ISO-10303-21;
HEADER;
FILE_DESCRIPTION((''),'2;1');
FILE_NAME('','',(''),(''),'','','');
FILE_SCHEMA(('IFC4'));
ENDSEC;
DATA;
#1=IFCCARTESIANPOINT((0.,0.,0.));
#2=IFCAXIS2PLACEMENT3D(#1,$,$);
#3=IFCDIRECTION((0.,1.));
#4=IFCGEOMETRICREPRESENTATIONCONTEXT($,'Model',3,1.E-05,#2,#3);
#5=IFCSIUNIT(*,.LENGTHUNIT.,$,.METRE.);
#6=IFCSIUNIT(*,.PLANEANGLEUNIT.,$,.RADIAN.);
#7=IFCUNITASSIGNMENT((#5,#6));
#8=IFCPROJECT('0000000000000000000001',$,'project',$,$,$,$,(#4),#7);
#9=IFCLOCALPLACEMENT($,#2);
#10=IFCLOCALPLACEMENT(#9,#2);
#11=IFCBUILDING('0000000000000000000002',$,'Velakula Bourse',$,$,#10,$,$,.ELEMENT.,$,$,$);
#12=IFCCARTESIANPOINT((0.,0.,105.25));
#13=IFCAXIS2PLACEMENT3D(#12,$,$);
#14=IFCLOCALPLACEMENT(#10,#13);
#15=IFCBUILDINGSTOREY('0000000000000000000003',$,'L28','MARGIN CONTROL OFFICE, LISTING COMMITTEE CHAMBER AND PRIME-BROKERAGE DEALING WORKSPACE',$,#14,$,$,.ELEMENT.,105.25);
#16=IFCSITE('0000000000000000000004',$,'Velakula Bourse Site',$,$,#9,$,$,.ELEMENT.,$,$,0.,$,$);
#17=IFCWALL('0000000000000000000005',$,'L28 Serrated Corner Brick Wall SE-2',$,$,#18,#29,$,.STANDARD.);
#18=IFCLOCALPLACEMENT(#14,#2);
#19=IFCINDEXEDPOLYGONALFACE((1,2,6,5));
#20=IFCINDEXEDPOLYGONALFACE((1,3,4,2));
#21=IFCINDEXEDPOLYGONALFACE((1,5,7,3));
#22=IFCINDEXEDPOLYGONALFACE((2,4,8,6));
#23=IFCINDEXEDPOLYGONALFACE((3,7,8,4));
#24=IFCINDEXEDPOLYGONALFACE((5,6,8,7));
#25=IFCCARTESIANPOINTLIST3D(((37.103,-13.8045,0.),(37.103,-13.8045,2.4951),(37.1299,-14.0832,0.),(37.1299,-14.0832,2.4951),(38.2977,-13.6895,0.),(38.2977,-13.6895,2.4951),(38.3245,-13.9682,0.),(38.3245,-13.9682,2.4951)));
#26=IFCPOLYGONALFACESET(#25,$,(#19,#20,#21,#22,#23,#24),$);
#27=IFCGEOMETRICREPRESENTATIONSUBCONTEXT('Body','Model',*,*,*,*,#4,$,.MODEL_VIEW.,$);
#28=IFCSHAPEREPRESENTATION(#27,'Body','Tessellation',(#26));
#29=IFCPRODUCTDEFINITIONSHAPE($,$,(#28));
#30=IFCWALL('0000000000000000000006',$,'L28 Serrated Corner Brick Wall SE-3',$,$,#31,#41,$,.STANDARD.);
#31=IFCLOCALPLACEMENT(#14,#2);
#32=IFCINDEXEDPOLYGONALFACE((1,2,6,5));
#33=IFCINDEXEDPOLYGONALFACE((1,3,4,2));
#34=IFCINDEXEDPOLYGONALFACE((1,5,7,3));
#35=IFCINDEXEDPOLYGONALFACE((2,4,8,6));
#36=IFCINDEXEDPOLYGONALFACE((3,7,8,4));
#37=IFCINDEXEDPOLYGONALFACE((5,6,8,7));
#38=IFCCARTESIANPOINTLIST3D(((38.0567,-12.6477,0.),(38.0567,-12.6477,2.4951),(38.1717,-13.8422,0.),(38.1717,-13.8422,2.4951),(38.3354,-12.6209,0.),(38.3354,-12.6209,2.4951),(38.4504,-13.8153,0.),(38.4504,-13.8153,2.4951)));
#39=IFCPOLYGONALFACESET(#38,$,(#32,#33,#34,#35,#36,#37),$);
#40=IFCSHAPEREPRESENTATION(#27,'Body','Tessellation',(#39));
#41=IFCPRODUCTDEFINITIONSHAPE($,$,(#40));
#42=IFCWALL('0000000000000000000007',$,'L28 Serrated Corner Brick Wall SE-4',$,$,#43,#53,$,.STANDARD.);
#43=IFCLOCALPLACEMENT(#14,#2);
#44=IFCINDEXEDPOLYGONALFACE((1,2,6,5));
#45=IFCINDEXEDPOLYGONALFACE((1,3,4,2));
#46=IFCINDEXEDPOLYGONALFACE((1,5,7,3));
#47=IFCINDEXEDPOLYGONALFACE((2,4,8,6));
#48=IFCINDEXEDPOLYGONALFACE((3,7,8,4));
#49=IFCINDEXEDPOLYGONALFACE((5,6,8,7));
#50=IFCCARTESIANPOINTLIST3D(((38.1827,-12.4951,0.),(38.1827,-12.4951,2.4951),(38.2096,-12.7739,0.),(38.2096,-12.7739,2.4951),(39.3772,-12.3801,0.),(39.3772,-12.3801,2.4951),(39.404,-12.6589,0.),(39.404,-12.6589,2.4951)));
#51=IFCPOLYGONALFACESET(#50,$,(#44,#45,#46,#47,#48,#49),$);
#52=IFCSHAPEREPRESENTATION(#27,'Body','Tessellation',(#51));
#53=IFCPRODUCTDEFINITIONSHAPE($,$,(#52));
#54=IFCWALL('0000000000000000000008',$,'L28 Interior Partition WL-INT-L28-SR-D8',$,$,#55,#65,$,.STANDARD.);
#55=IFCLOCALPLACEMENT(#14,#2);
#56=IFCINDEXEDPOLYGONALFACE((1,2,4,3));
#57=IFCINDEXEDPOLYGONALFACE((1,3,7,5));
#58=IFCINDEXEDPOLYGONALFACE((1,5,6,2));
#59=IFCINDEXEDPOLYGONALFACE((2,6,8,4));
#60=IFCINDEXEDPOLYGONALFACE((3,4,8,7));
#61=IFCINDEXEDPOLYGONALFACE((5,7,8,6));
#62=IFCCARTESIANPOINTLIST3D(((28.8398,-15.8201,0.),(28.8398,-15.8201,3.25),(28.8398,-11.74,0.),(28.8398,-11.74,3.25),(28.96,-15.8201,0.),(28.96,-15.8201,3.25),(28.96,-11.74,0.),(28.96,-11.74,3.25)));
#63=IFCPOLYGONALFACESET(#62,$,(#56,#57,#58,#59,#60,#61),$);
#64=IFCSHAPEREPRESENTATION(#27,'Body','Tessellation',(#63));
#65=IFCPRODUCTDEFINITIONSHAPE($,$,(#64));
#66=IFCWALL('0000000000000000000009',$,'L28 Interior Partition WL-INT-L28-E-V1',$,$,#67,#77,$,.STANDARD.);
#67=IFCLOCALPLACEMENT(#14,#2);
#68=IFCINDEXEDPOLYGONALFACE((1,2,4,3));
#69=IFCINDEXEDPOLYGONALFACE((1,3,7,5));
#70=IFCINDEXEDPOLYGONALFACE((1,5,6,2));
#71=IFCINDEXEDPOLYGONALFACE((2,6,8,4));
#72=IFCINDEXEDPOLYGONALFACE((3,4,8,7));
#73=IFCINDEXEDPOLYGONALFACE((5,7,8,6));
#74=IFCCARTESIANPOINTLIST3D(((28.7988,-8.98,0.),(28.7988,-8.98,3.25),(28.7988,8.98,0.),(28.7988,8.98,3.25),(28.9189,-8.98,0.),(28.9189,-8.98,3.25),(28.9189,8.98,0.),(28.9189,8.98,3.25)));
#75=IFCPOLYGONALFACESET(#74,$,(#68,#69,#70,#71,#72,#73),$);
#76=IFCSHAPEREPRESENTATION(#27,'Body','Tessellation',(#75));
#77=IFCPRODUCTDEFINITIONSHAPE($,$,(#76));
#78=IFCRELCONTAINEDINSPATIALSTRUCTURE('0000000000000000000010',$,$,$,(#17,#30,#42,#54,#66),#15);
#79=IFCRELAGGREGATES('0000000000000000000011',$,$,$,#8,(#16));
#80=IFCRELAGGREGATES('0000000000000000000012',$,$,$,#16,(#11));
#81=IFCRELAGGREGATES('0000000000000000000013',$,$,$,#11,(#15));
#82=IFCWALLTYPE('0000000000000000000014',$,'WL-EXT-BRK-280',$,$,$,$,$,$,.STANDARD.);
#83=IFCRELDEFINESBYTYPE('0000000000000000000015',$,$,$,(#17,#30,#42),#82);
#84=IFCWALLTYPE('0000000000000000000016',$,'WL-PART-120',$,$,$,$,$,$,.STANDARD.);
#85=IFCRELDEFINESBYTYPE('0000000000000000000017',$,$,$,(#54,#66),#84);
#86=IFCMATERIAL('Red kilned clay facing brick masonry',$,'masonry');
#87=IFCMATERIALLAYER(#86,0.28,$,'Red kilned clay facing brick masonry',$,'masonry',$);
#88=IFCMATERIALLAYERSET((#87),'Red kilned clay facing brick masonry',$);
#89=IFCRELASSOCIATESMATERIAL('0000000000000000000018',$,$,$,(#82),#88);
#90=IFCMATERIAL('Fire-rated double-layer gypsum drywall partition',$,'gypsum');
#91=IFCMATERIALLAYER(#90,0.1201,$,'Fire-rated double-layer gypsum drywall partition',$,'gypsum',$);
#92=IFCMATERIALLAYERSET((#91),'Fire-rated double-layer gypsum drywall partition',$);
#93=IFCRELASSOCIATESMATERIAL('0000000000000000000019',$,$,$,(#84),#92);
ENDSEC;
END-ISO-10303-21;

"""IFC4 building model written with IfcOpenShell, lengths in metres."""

from ifc_helpers import new_model, si_unit, direction, frame, frame_2d, origin, place, context, subcontext, project, spatial, rectangle, extrude, material, layer, layer_set, type_object, element, save


model = new_model("IFC4")

# Units and contexts
model_context = context("Model", 3, precision=1e-05, world=origin(), true_north=direction((0.0, 1.0)))
body_context = subcontext(model_context, "Body", "Model", "MODEL_VIEW")
ifc_project = project(units=[si_unit("LENGTHUNIT", "METRE"), si_unit("PLANEANGLEUNIT", "RADIAN")], contexts=[model_context])

# Site, building, storey
site_placement = place(None, origin())
site = spatial("IfcSite", under=ifc_project, at=site_placement, Name="Velakula Bourse Site", CompositionType="ELEMENT", RefElevation=0.0)
building_placement = place(site_placement, origin())
building = spatial("IfcBuilding", under=site, at=building_placement, Name="Velakula Bourse", CompositionType="ELEMENT")
storey_placement = place(building_placement, frame((0.0, 0.0, 105.25)))
storey = spatial("IfcBuildingStorey", under=building, at=storey_placement, Name="L28", Description="MARGIN CONTROL OFFICE, LISTING COMMITTEE CHAMBER AND PRIME-BROKERAGE DEALING WORKSPACE", CompositionType="ELEMENT", Elevation=105.25)

# Shared definitions
ifc_material_1 = material(Name="Red kilned clay facing brick masonry", Category="masonry")
ifc_layer_1 = layer(ifc_material_1, 0.28, Name="Red kilned clay facing brick masonry", Category="masonry")
ifc_layer_set_1 = layer_set([ifc_layer_1], Name="Red kilned clay facing brick masonry")
wall_type_1 = type_object("IfcWallType", Name="WL-EXT-BRK-280", PredefinedType="STANDARD", material=ifc_layer_set_1)

# Walls
for number, where, z_axis, x_axis, name in (
    (1, (37.1165, -13.9438, 0.0), (0.0, 0.0, 1.0), (0.995399, 0.095817, 0.0), "L28 Serrated Corner Brick Wall SE-2"),
):
    element("IfcWall", number, at=place(storey_placement, frame(where, z_axis=z_axis, x_axis=x_axis)), inside=storey, type_object=wall_type_1, Name=name, PredefinedType="STANDARD", context=body_context, shape_type="SweptSolid", body=[
        extrude(rectangle(XDim=1.2002, YDim=0.28, at=frame_2d((0.6001, 0.0))), origin(), (0.0, 0.0, 1.0), 2.4951),
    ])
for number, where, z_axis, x_axis, name in (
    (2, (38.311, -13.8289, 0.0), (0.0, 0.0, 1.0), (-0.095836, 0.995397, 0.0), "L28 Serrated Corner Brick Wall SE-3"),
    (3, (38.196, -12.6345, 0.0), (0.0, 0.0, 1.0), (0.995397, 0.095836, 0.0), "L28 Serrated Corner Brick Wall SE-4"),
):
    element("IfcWall", number, at=place(storey_placement, frame(where, z_axis=z_axis, x_axis=x_axis)), inside=storey, type_object=wall_type_1, Name=name, PredefinedType="STANDARD", context=body_context, shape_type="SweptSolid", body=[
        extrude(rectangle(XDim=1.2, YDim=0.28, at=frame_2d((0.6001, 0.0))), origin(), (0.0, 0.0, 1.0), 2.4951),
    ])
ifc_material_2 = material(Name="Fire-rated double-layer gypsum drywall partition", Category="gypsum")
ifc_layer_2 = layer(ifc_material_2, 0.1201, Name="Fire-rated double-layer gypsum drywall partition", Category="gypsum")
ifc_layer_set_2 = layer_set([ifc_layer_2], Name="Fire-rated double-layer gypsum drywall partition")
wall_type_2 = type_object("IfcWallType", Name="WL-PART-120", PredefinedType="STANDARD", material=ifc_layer_set_2)
wall_1_placement = place(storey_placement, frame((28.8999, -15.8201, 0.0), z_axis=(0.0, 0.0, 1.0), x_axis=(0.0, 1.0, 0.0)))
element("IfcWall", 4, at=wall_1_placement, inside=storey, type_object=wall_type_2, Name="L28 Interior Partition WL-INT-L28-SR-D8", PredefinedType="STANDARD", context=body_context, shape_type="SweptSolid", body=[
    extrude(rectangle(XDim=4.0801, YDim=0.1201, at=frame_2d((2.04, 0.0))), origin(), (0.0, 0.0, 1.0), 3.25),
])
wall_2_placement = place(storey_placement, frame((28.8589, -8.98, 0.0), z_axis=(0.0, 0.0, 1.0), x_axis=(0.0, 1.0, 0.0)))
element("IfcWall", 5, at=wall_2_placement, inside=storey, type_object=wall_type_2, Name="L28 Interior Partition WL-INT-L28-E-V1", PredefinedType="STANDARD", context=body_context, shape_type="SweptSolid", body=[
    extrude(rectangle(XDim=17.96, YDim=0.1201, at=frame_2d((8.98, 0.0))), origin(), (0.0, 0.0, 1.0), 3.25),
])

save(model, "model.ifc")
